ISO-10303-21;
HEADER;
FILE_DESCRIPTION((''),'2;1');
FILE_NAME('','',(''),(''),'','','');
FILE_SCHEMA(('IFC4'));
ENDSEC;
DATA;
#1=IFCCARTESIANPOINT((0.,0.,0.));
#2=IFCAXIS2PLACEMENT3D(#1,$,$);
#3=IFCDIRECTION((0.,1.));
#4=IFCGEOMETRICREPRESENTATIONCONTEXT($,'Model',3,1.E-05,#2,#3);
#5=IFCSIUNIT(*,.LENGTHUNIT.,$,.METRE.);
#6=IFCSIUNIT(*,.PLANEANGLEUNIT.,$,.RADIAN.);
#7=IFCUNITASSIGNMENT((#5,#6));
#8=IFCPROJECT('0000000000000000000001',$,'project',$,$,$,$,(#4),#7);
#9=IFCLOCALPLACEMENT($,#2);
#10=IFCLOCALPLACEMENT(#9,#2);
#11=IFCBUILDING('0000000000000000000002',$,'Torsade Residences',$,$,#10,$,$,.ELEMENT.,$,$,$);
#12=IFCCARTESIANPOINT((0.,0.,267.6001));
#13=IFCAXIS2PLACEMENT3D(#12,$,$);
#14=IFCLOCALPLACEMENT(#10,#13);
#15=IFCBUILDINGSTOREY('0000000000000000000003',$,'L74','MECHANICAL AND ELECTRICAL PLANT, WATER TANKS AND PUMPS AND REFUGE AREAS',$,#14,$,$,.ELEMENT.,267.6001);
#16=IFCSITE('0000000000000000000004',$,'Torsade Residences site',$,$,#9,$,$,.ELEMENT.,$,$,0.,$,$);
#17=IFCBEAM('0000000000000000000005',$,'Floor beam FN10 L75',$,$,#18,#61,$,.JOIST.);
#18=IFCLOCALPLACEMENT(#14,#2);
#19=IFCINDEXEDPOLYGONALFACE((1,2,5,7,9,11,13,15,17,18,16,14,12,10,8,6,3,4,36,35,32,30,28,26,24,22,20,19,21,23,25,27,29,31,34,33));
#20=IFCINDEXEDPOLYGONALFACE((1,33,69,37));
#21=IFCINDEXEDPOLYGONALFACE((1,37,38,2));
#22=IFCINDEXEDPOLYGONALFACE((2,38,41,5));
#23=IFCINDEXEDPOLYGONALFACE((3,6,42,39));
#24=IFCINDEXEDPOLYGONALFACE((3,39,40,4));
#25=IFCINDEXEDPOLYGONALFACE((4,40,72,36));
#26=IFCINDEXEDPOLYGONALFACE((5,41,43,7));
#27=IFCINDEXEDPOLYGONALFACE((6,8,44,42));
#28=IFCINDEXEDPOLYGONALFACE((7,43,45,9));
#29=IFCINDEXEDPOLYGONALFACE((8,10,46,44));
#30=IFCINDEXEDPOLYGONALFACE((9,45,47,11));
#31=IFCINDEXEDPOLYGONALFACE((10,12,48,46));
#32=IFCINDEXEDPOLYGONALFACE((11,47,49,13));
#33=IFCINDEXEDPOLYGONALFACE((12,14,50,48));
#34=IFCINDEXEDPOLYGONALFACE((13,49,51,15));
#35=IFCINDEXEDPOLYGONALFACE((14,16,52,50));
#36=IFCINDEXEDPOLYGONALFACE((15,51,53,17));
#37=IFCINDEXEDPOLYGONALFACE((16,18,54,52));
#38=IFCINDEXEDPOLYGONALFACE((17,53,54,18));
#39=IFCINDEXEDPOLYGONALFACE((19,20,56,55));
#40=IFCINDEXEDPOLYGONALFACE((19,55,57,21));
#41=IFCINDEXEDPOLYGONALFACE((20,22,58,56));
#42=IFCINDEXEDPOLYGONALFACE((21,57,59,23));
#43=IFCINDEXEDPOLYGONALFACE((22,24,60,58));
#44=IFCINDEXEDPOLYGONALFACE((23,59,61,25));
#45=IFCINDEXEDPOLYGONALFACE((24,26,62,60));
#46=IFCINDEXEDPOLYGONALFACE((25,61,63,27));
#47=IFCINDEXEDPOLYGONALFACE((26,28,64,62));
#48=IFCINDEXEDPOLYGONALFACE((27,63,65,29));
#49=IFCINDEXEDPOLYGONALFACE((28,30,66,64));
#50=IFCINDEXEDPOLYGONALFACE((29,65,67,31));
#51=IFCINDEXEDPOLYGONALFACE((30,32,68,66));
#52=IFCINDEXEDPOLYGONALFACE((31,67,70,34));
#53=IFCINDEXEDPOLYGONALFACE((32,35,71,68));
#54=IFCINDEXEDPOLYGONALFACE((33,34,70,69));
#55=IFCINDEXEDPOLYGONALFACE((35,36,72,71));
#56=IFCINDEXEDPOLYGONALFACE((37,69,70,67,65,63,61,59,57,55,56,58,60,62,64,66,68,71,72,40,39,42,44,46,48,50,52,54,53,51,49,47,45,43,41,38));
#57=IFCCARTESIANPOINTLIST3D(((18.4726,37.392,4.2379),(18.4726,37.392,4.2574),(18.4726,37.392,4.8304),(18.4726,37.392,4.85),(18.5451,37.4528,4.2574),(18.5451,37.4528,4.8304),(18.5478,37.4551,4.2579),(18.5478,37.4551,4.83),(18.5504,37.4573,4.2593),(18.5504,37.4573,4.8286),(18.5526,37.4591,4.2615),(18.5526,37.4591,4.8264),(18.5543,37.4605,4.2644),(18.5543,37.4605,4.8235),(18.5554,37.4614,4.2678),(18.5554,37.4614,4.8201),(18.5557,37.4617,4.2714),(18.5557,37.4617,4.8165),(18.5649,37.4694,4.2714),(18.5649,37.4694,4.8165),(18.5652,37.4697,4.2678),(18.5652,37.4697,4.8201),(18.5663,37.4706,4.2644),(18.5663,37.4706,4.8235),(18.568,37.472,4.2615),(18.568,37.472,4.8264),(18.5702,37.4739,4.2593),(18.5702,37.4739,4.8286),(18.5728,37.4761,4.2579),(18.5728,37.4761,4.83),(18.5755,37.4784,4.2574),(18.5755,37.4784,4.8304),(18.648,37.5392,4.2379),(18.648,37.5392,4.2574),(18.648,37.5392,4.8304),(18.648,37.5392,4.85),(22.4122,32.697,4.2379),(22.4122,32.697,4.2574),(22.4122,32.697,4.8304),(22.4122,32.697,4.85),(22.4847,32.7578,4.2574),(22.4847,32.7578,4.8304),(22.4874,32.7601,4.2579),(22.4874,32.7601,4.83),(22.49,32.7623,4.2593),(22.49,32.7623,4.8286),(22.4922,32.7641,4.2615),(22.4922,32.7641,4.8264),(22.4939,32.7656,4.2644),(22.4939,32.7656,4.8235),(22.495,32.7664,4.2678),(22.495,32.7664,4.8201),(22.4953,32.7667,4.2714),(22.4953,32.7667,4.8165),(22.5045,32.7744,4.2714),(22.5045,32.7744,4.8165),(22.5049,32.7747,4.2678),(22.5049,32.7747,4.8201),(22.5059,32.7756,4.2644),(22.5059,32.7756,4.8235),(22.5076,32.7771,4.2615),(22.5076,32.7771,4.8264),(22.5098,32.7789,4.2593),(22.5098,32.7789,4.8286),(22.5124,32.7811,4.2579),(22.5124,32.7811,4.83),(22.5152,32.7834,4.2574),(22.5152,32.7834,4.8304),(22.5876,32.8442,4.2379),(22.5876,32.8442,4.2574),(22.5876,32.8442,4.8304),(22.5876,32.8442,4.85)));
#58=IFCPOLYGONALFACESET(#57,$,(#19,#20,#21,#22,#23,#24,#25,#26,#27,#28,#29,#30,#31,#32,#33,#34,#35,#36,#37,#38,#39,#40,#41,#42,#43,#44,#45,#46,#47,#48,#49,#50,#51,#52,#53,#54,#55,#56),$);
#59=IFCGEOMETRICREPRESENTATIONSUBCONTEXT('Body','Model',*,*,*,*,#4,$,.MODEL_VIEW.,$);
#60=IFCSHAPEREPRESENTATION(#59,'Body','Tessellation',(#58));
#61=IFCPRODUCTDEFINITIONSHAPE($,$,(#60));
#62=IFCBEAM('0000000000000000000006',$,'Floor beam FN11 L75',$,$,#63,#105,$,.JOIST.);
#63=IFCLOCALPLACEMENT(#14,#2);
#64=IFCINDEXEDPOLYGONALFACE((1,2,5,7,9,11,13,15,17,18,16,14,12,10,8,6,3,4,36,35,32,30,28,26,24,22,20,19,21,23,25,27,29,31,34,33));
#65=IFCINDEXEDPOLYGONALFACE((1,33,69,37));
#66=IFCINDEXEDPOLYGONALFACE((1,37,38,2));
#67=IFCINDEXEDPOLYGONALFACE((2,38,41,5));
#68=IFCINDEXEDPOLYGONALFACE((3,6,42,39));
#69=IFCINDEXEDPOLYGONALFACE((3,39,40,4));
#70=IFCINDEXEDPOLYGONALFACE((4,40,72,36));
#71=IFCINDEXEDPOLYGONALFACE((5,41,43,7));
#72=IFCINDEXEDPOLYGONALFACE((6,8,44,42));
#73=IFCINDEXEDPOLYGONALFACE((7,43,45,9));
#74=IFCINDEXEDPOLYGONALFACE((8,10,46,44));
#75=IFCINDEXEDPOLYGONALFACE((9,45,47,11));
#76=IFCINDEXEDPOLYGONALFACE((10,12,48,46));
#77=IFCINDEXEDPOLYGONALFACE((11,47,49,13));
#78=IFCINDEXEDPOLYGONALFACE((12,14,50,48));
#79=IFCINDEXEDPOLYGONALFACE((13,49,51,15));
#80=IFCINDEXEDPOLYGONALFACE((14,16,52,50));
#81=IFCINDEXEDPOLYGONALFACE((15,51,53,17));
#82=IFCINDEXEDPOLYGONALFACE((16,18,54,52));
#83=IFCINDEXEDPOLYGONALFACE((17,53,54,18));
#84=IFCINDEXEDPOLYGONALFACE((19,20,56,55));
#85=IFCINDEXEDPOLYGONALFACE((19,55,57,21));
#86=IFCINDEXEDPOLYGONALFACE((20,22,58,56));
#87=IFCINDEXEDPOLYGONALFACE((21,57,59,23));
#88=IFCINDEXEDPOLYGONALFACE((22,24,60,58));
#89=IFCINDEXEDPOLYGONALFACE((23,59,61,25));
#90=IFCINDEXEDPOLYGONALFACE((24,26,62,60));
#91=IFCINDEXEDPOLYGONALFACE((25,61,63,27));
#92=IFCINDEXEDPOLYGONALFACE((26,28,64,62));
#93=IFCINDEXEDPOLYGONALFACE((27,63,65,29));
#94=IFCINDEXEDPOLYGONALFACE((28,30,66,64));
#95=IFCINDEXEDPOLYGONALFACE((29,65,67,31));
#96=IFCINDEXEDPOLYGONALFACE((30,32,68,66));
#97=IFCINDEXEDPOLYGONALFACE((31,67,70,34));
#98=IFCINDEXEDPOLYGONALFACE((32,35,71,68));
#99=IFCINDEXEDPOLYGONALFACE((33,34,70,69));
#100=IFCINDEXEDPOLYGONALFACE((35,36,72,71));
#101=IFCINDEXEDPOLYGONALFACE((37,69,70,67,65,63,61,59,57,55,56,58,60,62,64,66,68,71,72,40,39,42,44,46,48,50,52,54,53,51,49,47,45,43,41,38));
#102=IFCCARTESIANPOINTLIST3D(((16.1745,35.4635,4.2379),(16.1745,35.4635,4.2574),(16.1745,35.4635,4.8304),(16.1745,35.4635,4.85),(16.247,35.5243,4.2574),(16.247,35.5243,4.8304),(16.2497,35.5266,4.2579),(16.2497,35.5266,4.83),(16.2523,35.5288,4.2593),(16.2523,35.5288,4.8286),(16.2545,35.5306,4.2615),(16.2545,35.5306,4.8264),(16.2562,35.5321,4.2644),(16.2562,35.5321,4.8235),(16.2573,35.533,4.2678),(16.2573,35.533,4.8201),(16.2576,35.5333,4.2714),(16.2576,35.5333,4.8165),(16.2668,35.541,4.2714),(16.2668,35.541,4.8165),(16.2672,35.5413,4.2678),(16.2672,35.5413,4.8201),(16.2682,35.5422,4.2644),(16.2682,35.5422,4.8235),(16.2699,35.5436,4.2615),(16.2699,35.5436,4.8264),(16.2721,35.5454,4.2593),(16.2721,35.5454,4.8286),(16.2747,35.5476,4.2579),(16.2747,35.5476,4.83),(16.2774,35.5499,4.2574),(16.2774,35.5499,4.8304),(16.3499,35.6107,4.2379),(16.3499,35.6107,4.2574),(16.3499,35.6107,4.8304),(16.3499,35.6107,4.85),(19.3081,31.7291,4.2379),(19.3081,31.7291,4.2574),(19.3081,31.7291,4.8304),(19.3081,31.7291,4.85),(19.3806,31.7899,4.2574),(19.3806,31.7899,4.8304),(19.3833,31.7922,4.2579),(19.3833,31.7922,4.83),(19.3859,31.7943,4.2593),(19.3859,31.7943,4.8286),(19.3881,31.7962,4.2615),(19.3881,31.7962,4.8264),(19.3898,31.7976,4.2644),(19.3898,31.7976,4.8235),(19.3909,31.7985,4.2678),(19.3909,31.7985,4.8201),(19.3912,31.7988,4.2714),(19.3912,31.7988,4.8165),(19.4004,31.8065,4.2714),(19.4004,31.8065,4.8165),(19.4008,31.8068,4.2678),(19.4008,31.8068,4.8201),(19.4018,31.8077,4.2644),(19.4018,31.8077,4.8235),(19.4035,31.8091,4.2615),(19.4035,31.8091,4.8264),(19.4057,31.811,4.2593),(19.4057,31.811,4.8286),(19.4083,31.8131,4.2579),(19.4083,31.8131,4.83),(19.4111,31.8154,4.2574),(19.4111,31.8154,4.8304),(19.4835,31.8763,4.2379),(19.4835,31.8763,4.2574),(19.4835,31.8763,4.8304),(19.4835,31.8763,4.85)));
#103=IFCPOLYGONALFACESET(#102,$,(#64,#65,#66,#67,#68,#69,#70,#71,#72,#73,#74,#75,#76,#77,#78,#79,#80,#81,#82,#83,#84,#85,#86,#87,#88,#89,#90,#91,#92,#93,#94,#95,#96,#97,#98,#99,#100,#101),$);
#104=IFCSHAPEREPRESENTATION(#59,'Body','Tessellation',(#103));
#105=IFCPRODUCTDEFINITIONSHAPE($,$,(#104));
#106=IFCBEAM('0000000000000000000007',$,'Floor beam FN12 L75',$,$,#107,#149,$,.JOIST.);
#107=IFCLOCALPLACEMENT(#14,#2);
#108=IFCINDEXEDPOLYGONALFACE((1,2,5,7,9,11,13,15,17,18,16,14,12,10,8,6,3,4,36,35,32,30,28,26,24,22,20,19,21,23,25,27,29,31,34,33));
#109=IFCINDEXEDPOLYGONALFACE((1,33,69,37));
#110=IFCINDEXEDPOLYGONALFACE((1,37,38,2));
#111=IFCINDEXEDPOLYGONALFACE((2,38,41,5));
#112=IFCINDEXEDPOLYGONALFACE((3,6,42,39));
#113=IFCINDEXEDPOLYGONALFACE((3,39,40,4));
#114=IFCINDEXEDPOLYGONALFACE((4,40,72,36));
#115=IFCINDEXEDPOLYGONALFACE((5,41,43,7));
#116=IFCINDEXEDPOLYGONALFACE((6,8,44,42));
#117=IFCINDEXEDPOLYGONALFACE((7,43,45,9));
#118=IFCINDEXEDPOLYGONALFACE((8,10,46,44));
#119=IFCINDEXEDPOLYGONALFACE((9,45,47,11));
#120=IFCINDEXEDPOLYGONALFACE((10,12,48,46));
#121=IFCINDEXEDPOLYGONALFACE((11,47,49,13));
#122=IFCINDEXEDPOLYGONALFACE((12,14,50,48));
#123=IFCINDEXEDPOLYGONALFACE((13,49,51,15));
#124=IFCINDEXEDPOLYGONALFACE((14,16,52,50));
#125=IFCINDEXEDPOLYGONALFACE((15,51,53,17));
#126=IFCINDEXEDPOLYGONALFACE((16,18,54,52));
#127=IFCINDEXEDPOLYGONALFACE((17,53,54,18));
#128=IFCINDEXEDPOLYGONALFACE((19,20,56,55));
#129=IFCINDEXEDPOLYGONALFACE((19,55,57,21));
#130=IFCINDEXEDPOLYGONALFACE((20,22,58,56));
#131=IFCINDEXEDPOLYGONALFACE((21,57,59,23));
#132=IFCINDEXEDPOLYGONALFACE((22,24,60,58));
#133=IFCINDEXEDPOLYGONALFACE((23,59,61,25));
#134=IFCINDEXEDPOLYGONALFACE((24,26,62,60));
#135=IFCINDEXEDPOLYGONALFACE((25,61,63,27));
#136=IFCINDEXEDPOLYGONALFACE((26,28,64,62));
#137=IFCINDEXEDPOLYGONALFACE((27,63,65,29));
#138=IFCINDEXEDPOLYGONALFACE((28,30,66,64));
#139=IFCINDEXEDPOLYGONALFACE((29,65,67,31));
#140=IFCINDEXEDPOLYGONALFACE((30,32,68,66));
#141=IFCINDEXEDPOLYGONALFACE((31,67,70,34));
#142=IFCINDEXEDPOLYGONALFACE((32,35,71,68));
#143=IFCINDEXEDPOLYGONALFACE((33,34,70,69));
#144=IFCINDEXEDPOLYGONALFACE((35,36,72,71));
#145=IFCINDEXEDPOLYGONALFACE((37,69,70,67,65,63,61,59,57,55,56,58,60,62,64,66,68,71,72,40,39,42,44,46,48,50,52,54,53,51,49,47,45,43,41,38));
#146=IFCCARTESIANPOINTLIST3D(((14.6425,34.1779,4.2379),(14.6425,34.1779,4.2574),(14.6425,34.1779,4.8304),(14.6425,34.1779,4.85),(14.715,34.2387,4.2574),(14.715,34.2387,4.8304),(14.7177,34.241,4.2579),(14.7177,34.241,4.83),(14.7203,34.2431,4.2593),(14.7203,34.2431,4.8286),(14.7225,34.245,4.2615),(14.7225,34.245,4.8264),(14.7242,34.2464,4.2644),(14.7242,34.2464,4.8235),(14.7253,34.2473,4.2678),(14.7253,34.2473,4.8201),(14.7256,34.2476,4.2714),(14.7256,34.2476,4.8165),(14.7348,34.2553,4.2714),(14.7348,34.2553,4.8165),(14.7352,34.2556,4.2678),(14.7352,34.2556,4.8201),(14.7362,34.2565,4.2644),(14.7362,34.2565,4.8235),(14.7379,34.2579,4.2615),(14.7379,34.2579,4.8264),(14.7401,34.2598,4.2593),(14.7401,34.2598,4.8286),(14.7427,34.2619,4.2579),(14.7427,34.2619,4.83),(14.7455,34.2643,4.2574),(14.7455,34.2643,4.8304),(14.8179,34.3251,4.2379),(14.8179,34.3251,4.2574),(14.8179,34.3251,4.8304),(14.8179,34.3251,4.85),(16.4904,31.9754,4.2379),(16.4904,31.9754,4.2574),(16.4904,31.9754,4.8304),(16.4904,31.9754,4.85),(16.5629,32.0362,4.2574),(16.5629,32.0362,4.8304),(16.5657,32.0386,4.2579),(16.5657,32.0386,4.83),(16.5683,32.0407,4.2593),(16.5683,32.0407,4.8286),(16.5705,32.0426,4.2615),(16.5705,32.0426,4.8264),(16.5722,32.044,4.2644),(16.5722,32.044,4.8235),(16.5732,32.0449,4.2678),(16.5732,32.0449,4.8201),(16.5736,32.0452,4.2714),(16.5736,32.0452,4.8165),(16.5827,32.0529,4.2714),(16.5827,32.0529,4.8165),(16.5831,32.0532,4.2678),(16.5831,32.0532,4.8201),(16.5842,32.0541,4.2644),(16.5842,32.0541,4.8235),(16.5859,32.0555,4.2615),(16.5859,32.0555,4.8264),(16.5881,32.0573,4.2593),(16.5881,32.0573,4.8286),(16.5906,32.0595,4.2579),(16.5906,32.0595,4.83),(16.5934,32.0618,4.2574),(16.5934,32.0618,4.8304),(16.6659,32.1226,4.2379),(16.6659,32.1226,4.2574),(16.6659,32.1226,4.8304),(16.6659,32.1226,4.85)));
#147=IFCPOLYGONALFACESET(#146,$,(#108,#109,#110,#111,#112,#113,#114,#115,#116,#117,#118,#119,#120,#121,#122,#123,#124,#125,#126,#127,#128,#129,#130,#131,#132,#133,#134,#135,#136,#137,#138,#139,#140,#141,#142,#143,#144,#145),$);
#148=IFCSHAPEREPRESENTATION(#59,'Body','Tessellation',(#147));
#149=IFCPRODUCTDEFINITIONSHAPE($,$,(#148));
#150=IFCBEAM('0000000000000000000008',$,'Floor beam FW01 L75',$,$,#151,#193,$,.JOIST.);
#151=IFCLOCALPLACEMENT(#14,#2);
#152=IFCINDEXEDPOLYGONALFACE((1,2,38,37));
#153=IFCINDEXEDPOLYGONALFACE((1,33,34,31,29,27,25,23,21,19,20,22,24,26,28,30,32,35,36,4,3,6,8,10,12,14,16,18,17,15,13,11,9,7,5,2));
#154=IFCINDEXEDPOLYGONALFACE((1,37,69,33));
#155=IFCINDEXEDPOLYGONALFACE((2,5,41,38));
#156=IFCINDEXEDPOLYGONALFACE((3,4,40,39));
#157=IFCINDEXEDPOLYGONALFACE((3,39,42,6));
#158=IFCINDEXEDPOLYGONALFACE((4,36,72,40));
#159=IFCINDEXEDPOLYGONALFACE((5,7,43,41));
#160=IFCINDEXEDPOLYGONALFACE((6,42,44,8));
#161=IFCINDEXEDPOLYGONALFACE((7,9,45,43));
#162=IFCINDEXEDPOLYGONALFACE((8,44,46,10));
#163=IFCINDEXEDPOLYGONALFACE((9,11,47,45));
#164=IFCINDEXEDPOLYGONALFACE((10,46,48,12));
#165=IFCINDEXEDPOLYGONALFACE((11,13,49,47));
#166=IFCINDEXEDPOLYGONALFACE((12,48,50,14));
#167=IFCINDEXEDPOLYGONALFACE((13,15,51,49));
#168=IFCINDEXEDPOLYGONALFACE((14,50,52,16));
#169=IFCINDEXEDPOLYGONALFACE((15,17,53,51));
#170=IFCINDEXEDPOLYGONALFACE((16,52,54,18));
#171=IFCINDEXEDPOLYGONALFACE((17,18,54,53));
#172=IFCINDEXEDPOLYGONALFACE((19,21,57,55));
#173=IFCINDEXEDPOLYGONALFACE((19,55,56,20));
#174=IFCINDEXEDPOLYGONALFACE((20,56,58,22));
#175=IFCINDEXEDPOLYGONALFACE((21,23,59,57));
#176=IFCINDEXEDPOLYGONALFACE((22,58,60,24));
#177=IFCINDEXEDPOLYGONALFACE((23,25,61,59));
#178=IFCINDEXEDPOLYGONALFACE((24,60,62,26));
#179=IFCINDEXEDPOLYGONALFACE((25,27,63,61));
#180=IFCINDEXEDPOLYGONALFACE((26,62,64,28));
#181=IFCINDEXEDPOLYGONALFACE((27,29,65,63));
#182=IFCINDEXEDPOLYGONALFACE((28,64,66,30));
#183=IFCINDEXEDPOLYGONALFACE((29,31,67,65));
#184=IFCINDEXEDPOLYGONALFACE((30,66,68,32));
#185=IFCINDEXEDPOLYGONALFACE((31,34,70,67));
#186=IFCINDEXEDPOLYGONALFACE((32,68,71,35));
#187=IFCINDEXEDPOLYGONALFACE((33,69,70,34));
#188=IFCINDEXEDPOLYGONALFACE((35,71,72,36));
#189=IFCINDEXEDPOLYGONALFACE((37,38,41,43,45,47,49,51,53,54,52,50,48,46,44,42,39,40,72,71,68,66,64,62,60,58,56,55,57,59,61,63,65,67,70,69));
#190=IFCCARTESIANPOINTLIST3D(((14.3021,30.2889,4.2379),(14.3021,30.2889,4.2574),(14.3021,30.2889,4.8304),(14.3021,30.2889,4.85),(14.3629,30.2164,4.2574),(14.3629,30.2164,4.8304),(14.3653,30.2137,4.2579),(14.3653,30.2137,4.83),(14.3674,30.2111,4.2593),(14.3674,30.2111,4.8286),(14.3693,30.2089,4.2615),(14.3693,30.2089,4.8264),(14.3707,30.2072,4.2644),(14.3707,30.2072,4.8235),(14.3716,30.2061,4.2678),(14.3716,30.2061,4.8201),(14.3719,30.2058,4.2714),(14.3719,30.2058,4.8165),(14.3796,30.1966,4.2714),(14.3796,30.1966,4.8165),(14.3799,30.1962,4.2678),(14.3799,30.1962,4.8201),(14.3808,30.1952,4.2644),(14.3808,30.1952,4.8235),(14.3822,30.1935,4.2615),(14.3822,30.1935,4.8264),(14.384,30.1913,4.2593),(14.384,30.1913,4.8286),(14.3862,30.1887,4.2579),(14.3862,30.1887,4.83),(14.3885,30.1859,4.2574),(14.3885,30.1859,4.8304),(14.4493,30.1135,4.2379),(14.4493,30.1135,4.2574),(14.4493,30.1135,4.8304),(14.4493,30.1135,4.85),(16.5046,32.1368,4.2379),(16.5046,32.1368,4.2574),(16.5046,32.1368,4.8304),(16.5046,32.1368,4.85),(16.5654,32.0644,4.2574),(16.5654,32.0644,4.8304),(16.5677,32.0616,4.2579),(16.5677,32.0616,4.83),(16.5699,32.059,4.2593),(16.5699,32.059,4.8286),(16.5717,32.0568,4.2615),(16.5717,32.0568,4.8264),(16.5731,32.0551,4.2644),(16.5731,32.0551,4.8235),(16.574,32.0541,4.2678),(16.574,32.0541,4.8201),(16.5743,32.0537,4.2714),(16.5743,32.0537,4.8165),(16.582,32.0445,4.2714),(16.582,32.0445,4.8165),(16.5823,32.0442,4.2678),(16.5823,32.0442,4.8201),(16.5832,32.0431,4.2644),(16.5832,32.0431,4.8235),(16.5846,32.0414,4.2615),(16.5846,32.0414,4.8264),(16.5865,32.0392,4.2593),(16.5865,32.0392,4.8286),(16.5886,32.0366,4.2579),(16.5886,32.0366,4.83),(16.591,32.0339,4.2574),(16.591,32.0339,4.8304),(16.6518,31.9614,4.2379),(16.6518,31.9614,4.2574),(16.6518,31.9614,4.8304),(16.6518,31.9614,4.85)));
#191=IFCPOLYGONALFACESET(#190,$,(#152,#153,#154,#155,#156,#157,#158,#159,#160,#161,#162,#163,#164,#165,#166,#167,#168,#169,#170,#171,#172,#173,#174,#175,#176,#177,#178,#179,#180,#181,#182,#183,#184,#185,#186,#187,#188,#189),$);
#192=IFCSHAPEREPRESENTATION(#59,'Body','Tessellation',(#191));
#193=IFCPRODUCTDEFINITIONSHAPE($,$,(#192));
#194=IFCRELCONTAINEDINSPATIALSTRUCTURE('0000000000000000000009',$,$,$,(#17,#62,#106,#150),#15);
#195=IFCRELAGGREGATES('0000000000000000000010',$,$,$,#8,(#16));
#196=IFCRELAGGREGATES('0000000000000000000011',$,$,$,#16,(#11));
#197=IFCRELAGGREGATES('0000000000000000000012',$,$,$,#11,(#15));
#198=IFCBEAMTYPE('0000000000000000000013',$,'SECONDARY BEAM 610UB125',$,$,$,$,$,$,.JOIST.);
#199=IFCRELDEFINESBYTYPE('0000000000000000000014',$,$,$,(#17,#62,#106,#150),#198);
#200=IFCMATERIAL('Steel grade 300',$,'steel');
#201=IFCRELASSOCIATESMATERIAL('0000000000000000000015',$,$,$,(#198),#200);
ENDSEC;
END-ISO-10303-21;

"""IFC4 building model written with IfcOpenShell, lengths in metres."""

from ifc_helpers import new_model, si_unit, direction, frame, origin, origin_2d, place, context, subcontext, project, spatial, i_section, extrude, material, material_profile, profile_set, type_object, element, save


model = new_model("IFC4")

# Units and contexts
model_context = context("Model", 3, precision=1e-05, world=origin(), true_north=direction((0.0, 1.0)))
body_context = subcontext(model_context, "Body", "Model", "MODEL_VIEW")
ifc_project = project(units=[si_unit("LENGTHUNIT", "METRE"), si_unit("PLANEANGLEUNIT", "RADIAN")], contexts=[model_context])

# Site, building, storey
site_placement = place(None, origin())
site = spatial("IfcSite", under=ifc_project, at=site_placement, Name="Torsade Residences site", CompositionType="ELEMENT", RefElevation=0.0)
building_placement = place(site_placement, origin())
building = spatial("IfcBuilding", under=site, at=building_placement, Name="Torsade Residences", CompositionType="ELEMENT")
storey_placement = place(building_placement, frame((0.0, 0.0, 267.6001)))
storey = spatial("IfcBuildingStorey", under=building, at=storey_placement, Name="L74", Description="MECHANICAL AND ELECTRICAL PLANT, WATER TANKS AND PUMPS AND REFUGE AREAS", CompositionType="ELEMENT", Elevation=267.6001)

# Beams
ifc_material_1 = material(Name="Steel grade 300", Category="steel")
ifc_material_profile_1 = material_profile(ifc_material_1, i_section(OverallWidth=0.229, OverallDepth=0.6121, WebThickness=0.012, FlangeThickness=0.0195, FilletRadius=0.0139, at=origin_2d()), Name="610UB125")
ifc_profile_set_1 = profile_set([ifc_material_profile_1], Name="Steel grade 300")
beam_type_1 = type_object("IfcBeamType", Name="SECONDARY BEAM 610UB125", PredefinedType="JOIST", material=ifc_profile_set_1)
beam_1_placement = place(storey_placement, frame((18.5603, 37.4656, 4.5439), z_axis=(0.642794, -0.766039, 0.0), x_axis=(0.766039, 0.642794, 0.0)))
element("IfcBeam", 1, at=beam_1_placement, inside=storey, type_object=beam_type_1, Name="Floor beam FN10 L75", PredefinedType="JOIST", context=body_context, shape_type="SweptSolid", body=[
    extrude(i_section(OverallWidth=0.229, OverallDepth=0.6121, WebThickness=0.012, FlangeThickness=0.0195, FilletRadius=0.0139, at=origin_2d()), origin(), (0.0, 0.0, 1.0), 6.1289),
])
beam_2_placement = place(storey_placement, frame((16.2622, 35.5371, 4.5439), z_axis=(0.642791, -0.766041, 0.0), x_axis=(0.766041, 0.642791, 0.0)))
element("IfcBeam", 2, at=beam_2_placement, inside=storey, type_object=beam_type_1, Name="Floor beam FN11 L75", PredefinedType="JOIST", context=body_context, shape_type="SweptSolid", body=[
    extrude(i_section(OverallWidth=0.229, OverallDepth=0.6121, WebThickness=0.012, FlangeThickness=0.0195, FilletRadius=0.0139, at=origin_2d()), origin(), (0.0, 0.0, 1.0), 4.875),
])
for number, where, z_axis, x_axis, name in (
    (3, (14.7302, 34.2515, 4.5439), (0.642762, -0.766066, 0.0), (0.766066, 0.642762, 0.0), "Floor beam FN12 L75"),
    (4, (14.3757, 30.2012, 4.5439), (0.766066, 0.642762, 0.0), (-0.642762, 0.766066, 0.0), "Floor beam FW01 L75"),
):
    element("IfcBeam", number, at=place(storey_placement, frame(where, z_axis=z_axis, x_axis=x_axis)), inside=storey, type_object=beam_type_1, Name=name, PredefinedType="JOIST", context=body_context, shape_type="SweptSolid", body=[
        extrude(i_section(OverallWidth=0.229, OverallDepth=0.6121, WebThickness=0.012, FlangeThickness=0.0195, FilletRadius=0.0139, at=origin_2d()), origin(), (0.0, 0.0, 1.0), 2.875),
    ])

save(model, "model.ifc")
